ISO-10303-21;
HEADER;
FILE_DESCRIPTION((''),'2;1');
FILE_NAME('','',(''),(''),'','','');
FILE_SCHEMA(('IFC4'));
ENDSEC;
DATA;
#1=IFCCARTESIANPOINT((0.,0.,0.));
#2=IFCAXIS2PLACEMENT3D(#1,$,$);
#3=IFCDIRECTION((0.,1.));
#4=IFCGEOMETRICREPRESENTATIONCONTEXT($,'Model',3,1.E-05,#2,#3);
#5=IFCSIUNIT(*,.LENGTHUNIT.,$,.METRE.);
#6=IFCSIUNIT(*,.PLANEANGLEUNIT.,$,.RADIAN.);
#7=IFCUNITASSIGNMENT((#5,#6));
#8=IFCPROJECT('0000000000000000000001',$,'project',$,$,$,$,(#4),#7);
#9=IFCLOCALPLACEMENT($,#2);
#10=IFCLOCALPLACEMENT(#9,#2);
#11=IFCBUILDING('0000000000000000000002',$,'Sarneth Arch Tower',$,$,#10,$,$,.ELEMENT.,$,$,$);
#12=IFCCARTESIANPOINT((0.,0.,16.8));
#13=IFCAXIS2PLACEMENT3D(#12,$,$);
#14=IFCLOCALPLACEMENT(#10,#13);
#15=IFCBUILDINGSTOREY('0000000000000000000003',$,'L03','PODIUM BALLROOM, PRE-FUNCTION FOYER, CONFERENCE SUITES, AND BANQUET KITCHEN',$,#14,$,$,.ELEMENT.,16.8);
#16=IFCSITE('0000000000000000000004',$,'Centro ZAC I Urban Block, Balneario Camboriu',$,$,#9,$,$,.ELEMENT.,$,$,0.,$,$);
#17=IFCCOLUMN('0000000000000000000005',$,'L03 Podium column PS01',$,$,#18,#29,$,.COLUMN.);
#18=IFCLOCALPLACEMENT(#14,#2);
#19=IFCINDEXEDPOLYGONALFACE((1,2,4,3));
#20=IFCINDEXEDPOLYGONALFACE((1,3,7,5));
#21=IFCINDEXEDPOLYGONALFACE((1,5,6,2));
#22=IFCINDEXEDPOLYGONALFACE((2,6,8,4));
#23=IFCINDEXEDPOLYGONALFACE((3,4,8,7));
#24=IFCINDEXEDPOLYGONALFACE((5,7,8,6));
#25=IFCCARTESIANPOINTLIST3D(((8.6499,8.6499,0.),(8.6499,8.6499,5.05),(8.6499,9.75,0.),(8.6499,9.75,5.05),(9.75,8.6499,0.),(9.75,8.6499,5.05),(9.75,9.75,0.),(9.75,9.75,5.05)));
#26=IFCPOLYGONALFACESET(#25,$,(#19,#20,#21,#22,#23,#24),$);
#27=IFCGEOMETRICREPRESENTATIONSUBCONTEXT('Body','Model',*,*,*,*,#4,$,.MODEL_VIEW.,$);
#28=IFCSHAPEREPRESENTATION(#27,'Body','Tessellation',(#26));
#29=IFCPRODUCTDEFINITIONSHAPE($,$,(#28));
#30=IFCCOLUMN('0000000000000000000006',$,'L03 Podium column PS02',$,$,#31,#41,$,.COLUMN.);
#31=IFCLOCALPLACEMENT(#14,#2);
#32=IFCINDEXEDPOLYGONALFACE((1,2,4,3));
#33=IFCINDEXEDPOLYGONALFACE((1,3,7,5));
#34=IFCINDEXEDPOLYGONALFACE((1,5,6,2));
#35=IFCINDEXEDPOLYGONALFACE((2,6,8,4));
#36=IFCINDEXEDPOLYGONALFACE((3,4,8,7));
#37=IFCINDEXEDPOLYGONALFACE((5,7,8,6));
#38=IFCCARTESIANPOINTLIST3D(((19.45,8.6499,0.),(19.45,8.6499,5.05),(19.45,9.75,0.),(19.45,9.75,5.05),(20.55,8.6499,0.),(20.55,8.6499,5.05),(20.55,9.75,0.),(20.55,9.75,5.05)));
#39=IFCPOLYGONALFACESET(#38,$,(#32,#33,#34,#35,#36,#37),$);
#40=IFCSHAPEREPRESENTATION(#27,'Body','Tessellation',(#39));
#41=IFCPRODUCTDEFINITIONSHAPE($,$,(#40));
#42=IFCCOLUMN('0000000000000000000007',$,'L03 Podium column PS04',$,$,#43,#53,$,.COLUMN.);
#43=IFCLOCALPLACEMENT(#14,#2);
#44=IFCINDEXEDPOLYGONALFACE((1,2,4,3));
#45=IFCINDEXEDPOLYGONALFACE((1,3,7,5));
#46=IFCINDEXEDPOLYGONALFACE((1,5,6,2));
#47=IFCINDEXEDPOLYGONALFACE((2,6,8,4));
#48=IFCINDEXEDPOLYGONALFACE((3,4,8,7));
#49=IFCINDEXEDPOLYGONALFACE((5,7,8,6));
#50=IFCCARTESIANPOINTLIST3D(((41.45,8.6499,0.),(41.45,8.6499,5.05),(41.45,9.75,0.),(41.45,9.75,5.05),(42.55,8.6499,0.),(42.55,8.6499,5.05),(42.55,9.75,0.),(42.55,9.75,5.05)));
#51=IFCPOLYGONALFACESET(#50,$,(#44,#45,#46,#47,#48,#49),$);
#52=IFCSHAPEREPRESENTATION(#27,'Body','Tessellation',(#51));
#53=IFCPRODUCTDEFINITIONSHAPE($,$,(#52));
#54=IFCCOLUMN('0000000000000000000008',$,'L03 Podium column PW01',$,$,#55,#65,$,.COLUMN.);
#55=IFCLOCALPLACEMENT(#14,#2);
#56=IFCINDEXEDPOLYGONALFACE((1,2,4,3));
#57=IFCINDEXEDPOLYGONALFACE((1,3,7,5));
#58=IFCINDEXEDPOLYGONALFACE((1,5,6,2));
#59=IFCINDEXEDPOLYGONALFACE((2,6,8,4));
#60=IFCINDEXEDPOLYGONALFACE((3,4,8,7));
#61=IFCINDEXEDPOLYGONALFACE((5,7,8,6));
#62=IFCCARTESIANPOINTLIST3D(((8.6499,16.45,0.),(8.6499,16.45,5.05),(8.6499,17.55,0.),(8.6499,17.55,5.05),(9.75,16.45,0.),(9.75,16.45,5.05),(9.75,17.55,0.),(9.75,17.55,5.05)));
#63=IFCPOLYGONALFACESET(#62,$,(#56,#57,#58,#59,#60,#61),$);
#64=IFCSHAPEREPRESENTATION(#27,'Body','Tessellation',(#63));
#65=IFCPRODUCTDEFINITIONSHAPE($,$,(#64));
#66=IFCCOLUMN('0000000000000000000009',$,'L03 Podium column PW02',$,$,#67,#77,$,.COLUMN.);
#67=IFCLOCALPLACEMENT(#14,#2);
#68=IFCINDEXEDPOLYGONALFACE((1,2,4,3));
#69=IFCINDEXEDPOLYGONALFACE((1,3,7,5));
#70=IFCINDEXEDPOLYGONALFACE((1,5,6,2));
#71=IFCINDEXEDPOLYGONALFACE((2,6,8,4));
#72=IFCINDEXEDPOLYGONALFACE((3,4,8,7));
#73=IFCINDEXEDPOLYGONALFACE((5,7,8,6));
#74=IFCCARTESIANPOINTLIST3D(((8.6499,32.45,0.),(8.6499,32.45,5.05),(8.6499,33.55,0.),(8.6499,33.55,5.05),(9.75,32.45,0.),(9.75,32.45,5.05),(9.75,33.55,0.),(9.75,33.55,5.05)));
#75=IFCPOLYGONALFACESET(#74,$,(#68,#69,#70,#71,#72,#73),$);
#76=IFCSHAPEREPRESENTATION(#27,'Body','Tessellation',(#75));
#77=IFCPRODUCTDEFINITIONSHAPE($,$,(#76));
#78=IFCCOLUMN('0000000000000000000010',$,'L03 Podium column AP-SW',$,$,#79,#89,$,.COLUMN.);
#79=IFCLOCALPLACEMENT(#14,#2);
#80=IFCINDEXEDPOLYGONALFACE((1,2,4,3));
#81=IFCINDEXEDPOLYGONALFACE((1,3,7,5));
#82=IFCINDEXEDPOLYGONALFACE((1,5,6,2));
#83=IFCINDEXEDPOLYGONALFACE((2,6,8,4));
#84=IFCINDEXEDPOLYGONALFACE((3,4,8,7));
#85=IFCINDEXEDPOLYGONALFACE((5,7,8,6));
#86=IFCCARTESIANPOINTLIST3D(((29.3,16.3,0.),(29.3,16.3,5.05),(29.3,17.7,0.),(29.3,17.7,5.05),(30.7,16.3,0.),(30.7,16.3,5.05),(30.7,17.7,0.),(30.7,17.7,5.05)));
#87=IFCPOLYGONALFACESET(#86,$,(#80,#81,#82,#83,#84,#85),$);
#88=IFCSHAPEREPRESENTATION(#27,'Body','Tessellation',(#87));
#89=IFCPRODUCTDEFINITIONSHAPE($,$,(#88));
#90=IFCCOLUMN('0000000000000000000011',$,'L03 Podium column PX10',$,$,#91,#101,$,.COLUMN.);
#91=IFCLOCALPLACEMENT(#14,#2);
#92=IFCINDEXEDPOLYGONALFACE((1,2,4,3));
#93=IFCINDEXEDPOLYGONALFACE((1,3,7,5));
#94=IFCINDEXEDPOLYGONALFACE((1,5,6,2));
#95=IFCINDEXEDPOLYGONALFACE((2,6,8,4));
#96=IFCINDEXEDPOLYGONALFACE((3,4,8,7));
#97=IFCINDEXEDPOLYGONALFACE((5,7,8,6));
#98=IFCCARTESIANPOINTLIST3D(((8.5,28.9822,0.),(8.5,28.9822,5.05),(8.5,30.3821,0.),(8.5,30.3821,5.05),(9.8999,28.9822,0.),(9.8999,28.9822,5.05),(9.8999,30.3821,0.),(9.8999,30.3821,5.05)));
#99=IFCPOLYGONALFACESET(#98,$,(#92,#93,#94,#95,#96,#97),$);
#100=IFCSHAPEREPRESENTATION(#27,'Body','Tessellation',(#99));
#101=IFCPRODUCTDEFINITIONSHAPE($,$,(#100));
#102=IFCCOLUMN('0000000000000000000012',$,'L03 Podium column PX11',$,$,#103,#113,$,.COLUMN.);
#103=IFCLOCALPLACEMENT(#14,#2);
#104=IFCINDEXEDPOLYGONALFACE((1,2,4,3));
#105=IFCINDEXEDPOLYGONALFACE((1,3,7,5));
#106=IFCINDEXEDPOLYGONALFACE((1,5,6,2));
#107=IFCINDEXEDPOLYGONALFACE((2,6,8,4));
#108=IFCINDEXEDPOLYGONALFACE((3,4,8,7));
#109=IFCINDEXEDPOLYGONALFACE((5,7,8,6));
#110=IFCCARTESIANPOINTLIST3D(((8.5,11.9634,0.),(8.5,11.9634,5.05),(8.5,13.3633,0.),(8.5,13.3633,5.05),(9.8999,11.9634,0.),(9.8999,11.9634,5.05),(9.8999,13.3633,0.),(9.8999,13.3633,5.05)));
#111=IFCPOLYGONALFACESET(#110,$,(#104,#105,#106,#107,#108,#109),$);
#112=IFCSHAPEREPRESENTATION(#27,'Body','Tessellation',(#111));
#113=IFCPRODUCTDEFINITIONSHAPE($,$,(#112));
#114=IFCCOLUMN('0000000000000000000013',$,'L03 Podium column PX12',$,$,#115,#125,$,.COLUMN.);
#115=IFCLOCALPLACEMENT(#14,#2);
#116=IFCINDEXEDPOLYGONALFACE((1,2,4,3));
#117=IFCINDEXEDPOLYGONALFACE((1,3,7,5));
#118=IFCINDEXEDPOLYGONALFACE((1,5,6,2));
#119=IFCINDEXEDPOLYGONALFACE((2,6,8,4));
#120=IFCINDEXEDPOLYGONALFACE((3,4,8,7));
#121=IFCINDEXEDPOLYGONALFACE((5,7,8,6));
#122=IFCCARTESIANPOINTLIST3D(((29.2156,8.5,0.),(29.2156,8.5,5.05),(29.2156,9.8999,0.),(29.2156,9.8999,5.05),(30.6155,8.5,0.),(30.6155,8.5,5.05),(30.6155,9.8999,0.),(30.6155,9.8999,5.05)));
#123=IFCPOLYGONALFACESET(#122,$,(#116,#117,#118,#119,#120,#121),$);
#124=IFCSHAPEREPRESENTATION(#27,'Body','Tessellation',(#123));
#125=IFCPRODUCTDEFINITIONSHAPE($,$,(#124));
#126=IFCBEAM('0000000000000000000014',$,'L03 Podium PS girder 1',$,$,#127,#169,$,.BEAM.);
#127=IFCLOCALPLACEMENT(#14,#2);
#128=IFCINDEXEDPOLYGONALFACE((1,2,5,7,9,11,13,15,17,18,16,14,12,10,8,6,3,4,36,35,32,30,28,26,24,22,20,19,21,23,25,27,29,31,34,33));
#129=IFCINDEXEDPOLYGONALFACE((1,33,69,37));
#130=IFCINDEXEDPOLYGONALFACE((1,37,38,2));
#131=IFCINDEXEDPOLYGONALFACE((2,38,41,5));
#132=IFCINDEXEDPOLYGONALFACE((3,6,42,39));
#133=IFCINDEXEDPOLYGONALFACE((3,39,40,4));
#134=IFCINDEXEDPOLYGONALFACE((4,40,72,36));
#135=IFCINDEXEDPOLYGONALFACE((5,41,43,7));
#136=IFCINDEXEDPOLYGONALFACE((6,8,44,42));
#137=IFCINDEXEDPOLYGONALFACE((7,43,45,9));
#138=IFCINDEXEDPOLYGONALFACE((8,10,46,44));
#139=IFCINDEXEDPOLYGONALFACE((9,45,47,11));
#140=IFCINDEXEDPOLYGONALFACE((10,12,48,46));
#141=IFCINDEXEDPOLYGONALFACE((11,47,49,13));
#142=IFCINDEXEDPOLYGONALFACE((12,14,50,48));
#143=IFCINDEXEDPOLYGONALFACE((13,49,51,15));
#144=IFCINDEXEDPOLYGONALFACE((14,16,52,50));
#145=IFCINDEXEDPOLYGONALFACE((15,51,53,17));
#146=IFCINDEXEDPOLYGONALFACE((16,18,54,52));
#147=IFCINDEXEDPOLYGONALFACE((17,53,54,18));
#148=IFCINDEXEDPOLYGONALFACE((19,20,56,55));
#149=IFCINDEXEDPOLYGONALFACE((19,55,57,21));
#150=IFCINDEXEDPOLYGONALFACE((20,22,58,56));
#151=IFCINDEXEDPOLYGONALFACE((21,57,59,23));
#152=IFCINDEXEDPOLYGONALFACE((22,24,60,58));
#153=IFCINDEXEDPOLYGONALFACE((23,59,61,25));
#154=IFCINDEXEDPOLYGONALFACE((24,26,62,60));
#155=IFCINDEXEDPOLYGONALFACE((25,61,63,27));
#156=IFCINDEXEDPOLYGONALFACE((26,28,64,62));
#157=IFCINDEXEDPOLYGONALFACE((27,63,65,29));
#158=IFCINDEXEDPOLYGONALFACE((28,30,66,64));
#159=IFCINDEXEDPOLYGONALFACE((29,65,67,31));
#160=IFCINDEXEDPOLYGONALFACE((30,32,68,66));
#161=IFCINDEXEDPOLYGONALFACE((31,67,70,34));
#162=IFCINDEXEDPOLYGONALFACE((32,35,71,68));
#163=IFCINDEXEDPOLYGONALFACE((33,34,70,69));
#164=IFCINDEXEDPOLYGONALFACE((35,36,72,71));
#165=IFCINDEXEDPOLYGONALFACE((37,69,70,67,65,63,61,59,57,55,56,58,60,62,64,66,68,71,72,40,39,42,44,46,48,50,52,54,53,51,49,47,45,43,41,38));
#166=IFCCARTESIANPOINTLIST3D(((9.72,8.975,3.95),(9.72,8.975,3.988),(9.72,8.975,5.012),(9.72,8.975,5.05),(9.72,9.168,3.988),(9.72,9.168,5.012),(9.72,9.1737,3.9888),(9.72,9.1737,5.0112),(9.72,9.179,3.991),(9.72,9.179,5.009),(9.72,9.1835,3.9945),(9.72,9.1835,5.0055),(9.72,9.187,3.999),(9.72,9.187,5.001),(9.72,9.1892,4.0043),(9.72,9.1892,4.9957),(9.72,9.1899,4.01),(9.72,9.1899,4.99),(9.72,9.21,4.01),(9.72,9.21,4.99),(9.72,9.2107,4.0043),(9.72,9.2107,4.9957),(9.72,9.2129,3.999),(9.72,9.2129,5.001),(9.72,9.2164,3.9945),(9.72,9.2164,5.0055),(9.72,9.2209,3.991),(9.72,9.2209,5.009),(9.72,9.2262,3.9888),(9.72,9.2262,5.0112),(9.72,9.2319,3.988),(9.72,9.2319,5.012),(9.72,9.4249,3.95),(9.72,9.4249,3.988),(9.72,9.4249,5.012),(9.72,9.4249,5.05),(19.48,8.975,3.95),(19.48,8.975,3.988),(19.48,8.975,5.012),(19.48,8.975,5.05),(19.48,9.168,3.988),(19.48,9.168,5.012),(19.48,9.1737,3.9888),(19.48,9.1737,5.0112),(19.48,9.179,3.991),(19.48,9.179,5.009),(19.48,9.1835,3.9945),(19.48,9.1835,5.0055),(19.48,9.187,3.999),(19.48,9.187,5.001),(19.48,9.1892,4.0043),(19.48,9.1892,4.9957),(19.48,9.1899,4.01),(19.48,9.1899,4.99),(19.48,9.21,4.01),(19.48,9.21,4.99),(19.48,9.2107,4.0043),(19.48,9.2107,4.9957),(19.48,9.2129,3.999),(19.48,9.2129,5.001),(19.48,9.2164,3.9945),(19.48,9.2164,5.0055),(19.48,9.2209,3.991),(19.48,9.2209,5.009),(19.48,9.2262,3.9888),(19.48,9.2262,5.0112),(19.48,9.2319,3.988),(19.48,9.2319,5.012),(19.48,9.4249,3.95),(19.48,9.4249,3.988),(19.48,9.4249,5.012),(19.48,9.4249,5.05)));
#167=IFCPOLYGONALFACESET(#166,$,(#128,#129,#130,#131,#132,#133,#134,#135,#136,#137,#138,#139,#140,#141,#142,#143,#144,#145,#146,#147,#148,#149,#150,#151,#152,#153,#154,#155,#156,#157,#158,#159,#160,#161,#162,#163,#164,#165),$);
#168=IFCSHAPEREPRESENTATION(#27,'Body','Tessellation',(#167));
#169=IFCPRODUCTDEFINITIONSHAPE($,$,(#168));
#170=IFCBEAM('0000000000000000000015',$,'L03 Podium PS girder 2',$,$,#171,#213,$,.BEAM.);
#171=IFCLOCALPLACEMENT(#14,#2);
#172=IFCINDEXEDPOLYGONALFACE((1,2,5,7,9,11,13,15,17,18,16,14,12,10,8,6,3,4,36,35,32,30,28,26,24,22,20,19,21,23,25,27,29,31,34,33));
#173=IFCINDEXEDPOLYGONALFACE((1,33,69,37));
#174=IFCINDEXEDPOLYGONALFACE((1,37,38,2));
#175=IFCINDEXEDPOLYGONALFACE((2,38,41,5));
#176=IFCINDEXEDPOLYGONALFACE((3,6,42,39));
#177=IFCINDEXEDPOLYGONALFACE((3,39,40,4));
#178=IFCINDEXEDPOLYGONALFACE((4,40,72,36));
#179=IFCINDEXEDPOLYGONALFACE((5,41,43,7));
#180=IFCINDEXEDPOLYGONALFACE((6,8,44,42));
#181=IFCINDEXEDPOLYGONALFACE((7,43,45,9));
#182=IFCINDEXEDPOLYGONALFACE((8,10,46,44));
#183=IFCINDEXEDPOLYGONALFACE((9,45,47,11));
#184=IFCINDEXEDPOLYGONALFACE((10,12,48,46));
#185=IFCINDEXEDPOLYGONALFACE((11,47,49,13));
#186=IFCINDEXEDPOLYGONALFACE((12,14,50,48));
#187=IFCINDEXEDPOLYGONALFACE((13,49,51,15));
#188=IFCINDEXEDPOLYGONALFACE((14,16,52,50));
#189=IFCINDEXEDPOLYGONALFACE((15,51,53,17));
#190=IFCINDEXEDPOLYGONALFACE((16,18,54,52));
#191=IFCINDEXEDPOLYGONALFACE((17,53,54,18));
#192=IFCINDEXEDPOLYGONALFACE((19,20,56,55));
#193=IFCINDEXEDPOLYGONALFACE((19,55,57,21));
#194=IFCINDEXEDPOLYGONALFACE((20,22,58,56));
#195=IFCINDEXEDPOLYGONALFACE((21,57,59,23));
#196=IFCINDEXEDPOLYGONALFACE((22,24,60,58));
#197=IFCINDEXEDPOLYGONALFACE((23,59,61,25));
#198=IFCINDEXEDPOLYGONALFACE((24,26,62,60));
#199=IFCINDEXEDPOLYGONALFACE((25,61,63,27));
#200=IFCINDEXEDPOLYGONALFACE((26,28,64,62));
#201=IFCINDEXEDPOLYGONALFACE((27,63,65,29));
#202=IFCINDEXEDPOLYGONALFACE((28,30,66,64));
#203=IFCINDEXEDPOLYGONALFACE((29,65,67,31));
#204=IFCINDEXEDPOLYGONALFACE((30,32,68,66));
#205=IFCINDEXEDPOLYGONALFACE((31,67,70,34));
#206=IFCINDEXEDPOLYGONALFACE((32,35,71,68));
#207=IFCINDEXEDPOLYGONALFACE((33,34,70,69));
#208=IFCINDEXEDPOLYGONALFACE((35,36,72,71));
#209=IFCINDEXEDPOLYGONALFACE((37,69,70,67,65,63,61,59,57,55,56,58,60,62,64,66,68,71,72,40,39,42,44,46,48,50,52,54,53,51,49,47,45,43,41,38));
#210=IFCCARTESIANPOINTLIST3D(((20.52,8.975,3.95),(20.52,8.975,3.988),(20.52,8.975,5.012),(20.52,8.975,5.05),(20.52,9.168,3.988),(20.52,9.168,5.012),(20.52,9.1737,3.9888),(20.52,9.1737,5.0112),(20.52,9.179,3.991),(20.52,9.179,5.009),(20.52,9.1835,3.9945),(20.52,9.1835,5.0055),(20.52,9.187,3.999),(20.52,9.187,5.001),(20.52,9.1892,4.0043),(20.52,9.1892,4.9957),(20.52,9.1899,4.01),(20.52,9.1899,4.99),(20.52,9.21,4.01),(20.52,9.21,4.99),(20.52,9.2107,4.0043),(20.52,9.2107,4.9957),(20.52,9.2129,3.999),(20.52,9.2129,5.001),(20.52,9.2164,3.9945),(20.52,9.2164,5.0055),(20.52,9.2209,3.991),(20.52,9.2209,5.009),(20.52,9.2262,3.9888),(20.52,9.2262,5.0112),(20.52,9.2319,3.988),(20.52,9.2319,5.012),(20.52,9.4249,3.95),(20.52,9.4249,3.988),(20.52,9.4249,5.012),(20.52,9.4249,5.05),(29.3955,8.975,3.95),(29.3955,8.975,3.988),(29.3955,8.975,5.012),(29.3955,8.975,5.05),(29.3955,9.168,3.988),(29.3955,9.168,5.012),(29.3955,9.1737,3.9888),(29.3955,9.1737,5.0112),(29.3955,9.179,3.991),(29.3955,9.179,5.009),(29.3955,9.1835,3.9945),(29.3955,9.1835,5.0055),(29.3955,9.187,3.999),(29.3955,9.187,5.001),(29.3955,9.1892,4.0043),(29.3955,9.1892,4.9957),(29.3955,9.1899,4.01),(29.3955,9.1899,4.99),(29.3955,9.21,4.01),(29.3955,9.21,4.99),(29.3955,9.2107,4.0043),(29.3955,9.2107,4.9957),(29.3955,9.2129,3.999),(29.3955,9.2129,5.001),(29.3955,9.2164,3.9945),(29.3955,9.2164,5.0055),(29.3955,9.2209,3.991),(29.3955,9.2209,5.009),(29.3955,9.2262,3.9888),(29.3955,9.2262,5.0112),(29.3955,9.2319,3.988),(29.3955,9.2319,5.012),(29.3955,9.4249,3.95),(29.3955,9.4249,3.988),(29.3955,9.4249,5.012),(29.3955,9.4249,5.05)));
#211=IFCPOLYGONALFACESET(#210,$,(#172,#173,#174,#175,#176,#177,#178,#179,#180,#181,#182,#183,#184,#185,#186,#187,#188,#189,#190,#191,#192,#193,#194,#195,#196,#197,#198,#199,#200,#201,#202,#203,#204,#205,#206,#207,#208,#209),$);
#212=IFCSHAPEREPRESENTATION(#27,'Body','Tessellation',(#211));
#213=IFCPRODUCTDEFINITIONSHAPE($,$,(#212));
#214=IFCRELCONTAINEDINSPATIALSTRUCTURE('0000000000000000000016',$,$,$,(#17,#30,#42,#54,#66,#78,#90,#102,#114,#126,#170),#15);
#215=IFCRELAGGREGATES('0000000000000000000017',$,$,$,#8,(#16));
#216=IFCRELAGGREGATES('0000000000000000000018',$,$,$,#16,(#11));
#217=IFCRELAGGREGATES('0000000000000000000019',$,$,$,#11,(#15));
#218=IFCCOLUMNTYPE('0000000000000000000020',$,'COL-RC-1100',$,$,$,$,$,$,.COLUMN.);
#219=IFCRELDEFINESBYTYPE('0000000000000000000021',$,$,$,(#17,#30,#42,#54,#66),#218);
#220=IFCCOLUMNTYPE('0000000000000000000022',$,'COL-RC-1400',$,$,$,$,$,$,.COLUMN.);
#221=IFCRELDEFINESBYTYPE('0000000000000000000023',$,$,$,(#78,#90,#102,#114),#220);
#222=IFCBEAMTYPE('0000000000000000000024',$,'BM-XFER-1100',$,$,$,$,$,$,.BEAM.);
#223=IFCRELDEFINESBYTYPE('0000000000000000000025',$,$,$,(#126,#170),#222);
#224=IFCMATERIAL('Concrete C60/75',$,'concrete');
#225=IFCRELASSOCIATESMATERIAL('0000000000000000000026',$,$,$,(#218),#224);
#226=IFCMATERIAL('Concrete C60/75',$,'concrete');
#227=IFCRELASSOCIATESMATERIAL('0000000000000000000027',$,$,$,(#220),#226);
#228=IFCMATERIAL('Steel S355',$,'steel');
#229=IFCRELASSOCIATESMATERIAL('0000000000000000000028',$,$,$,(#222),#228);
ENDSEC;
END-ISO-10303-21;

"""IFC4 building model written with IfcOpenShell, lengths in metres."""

from ifc_helpers import new_model, si_unit, direction, frame, origin, origin_2d, place, context, subcontext, project, spatial, rectangle, i_section, extrude, material, material_profile, profile_set, type_object, element, save


model = new_model("IFC4")

# Units and contexts
model_context = context("Model", 3, precision=1e-05, world=origin(), true_north=direction((0.0, 1.0)))
body_context = subcontext(model_context, "Body", "Model", "MODEL_VIEW")
ifc_project = project(units=[si_unit("LENGTHUNIT", "METRE"), si_unit("PLANEANGLEUNIT", "RADIAN")], contexts=[model_context])

# Site, building, storey
site_placement = place(None, origin())
site = spatial("IfcSite", under=ifc_project, at=site_placement, Name="Centro ZAC I Urban Block, Balneario Camboriu", CompositionType="ELEMENT", RefElevation=0.0)
building_placement = place(site_placement, origin())
building = spatial("IfcBuilding", under=site, at=building_placement, Name="Sarneth Arch Tower", CompositionType="ELEMENT")
storey_placement = place(building_placement, frame((0.0, 0.0, 16.8)))
storey = spatial("IfcBuildingStorey", under=building, at=storey_placement, Name="L03", Description="PODIUM BALLROOM, PRE-FUNCTION FOYER, CONFERENCE SUITES, AND BANQUET KITCHEN", CompositionType="ELEMENT", Elevation=16.8)

# Columns
ifc_material_1 = material(Name="Concrete C60/75", Category="concrete")
ifc_material_profile_1 = material_profile(ifc_material_1, rectangle(XDim=1.1001, YDim=1.1001, at=origin_2d()), Name="RC-1100x1100")
ifc_profile_set_1 = profile_set([ifc_material_profile_1], Name="Concrete C60/75")
column_type_1 = type_object("IfcColumnType", Name="COL-RC-1100", PredefinedType="COLUMN", material=ifc_profile_set_1)
for number, where, z_axis, x_axis, name in (
    (1, (9.2, 9.2, 0.0), (0.0, 0.0, 1.0), (1.0, 0.0, 0.0), "L03 Podium column PS01"),
    (2, (20.0, 9.2, 0.0), (0.0, 0.0, 1.0), (1.0, 0.0, 0.0), "L03 Podium column PS02"),
    (3, (42.0, 9.2, 0.0), (0.0, 0.0, 1.0), (1.0, 0.0, 0.0), "L03 Podium column PS04"),
    (4, (9.2, 17.0, 0.0), (0.0, 0.0, 1.0), (1.0, 0.0, 0.0), "L03 Podium column PW01"),
    (5, (9.2, 33.0, 0.0), (0.0, 0.0, 1.0), (1.0, 0.0, 0.0), "L03 Podium column PW02"),
):
    element("IfcColumn", number, at=place(storey_placement, frame(where, z_axis=z_axis, x_axis=x_axis)), inside=storey, type_object=column_type_1, Name=name, PredefinedType="COLUMN", context=body_context, shape_type="SweptSolid", body=[
        extrude(rectangle(XDim=1.1001, YDim=1.1001, at=origin_2d()), origin(), (0.0, 0.0, 1.0), 5.05),
    ])
ifc_material_2 = material(Name="Concrete C60/75", Category="concrete")
ifc_material_profile_2 = material_profile(ifc_material_2, rectangle(XDim=1.3999, YDim=1.3999, at=origin_2d()), Name="RC-1400x1400")
ifc_profile_set_2 = profile_set([ifc_material_profile_2], Name="Concrete C60/75")
column_type_2 = type_object("IfcColumnType", Name="COL-RC-1400", PredefinedType="COLUMN", material=ifc_profile_set_2)
for number, where, z_axis, x_axis, name in (
    (6, (30.0, 17.0, 0.0), (0.0, 0.0, 1.0), (1.0, 0.0, 0.0), "L03 Podium column AP-SW"),
    (7, (9.2, 29.6821, 0.0), (0.0, 0.0, 1.0), (1.0, 0.0, 0.0), "L03 Podium column PX10"),
    (8, (9.2, 12.6633, 0.0), (0.0, 0.0, 1.0), (1.0, 0.0, 0.0), "L03 Podium column PX11"),
    (9, (29.9155, 9.2, 0.0), (0.0, 0.0, 1.0), (1.0, 0.0, 0.0), "L03 Podium column PX12"),
):
    element("IfcColumn", number, at=place(storey_placement, frame(where, z_axis=z_axis, x_axis=x_axis)), inside=storey, type_object=column_type_2, Name=name, PredefinedType="COLUMN", context=body_context, shape_type="SweptSolid", body=[
        extrude(rectangle(XDim=1.3999, YDim=1.3999, at=origin_2d()), origin(), (0.0, 0.0, 1.0), 5.05),
    ])

# Beams
ifc_material_3 = material(Name="Steel S355", Category="steel")
ifc_material_profile_3 = material_profile(ifc_material_3, i_section(OverallWidth=0.45, OverallDepth=1.1001, WebThickness=0.02, FlangeThickness=0.0381, FilletRadius=0.022, at=origin_2d()), Name="CVS1100x456")
ifc_profile_set_3 = profile_set([ifc_material_profile_3], Name="Steel S355")
beam_type_1 = type_object("IfcBeamType", Name="BM-XFER-1100", PredefinedType="BEAM", material=ifc_profile_set_3)
beam_1_placement = place(storey_placement, frame((9.72, 9.2, 4.5), z_axis=(1.0, 0.0, 0.0), x_axis=(0.0, 1.0, 0.0)))
element("IfcBeam", 10, at=beam_1_placement, inside=storey, type_object=beam_type_1, Name="L03 Podium PS girder 1", PredefinedType="BEAM", context=body_context, shape_type="SweptSolid", body=[
    extrude(i_section(OverallWidth=0.45, OverallDepth=1.1001, WebThickness=0.02, FlangeThickness=0.0381, FilletRadius=0.022, at=origin_2d()), origin(), (0.0, 0.0, 1.0), 9.76),
])
beam_2_placement = place(storey_placement, frame((20.52, 9.2, 4.5), z_axis=(1.0, 0.0, 0.0), x_axis=(0.0, 1.0, 0.0)))
element("IfcBeam", 11, at=beam_2_placement, inside=storey, type_object=beam_type_1, Name="L03 Podium PS girder 2", PredefinedType="BEAM", context=body_context, shape_type="SweptSolid", body=[
    extrude(i_section(OverallWidth=0.45, OverallDepth=1.1001, WebThickness=0.02, FlangeThickness=0.0381, FilletRadius=0.022, at=origin_2d()), origin(), (0.0, 0.0, 1.0), 8.8755),
])

save(model, "model.ifc")
